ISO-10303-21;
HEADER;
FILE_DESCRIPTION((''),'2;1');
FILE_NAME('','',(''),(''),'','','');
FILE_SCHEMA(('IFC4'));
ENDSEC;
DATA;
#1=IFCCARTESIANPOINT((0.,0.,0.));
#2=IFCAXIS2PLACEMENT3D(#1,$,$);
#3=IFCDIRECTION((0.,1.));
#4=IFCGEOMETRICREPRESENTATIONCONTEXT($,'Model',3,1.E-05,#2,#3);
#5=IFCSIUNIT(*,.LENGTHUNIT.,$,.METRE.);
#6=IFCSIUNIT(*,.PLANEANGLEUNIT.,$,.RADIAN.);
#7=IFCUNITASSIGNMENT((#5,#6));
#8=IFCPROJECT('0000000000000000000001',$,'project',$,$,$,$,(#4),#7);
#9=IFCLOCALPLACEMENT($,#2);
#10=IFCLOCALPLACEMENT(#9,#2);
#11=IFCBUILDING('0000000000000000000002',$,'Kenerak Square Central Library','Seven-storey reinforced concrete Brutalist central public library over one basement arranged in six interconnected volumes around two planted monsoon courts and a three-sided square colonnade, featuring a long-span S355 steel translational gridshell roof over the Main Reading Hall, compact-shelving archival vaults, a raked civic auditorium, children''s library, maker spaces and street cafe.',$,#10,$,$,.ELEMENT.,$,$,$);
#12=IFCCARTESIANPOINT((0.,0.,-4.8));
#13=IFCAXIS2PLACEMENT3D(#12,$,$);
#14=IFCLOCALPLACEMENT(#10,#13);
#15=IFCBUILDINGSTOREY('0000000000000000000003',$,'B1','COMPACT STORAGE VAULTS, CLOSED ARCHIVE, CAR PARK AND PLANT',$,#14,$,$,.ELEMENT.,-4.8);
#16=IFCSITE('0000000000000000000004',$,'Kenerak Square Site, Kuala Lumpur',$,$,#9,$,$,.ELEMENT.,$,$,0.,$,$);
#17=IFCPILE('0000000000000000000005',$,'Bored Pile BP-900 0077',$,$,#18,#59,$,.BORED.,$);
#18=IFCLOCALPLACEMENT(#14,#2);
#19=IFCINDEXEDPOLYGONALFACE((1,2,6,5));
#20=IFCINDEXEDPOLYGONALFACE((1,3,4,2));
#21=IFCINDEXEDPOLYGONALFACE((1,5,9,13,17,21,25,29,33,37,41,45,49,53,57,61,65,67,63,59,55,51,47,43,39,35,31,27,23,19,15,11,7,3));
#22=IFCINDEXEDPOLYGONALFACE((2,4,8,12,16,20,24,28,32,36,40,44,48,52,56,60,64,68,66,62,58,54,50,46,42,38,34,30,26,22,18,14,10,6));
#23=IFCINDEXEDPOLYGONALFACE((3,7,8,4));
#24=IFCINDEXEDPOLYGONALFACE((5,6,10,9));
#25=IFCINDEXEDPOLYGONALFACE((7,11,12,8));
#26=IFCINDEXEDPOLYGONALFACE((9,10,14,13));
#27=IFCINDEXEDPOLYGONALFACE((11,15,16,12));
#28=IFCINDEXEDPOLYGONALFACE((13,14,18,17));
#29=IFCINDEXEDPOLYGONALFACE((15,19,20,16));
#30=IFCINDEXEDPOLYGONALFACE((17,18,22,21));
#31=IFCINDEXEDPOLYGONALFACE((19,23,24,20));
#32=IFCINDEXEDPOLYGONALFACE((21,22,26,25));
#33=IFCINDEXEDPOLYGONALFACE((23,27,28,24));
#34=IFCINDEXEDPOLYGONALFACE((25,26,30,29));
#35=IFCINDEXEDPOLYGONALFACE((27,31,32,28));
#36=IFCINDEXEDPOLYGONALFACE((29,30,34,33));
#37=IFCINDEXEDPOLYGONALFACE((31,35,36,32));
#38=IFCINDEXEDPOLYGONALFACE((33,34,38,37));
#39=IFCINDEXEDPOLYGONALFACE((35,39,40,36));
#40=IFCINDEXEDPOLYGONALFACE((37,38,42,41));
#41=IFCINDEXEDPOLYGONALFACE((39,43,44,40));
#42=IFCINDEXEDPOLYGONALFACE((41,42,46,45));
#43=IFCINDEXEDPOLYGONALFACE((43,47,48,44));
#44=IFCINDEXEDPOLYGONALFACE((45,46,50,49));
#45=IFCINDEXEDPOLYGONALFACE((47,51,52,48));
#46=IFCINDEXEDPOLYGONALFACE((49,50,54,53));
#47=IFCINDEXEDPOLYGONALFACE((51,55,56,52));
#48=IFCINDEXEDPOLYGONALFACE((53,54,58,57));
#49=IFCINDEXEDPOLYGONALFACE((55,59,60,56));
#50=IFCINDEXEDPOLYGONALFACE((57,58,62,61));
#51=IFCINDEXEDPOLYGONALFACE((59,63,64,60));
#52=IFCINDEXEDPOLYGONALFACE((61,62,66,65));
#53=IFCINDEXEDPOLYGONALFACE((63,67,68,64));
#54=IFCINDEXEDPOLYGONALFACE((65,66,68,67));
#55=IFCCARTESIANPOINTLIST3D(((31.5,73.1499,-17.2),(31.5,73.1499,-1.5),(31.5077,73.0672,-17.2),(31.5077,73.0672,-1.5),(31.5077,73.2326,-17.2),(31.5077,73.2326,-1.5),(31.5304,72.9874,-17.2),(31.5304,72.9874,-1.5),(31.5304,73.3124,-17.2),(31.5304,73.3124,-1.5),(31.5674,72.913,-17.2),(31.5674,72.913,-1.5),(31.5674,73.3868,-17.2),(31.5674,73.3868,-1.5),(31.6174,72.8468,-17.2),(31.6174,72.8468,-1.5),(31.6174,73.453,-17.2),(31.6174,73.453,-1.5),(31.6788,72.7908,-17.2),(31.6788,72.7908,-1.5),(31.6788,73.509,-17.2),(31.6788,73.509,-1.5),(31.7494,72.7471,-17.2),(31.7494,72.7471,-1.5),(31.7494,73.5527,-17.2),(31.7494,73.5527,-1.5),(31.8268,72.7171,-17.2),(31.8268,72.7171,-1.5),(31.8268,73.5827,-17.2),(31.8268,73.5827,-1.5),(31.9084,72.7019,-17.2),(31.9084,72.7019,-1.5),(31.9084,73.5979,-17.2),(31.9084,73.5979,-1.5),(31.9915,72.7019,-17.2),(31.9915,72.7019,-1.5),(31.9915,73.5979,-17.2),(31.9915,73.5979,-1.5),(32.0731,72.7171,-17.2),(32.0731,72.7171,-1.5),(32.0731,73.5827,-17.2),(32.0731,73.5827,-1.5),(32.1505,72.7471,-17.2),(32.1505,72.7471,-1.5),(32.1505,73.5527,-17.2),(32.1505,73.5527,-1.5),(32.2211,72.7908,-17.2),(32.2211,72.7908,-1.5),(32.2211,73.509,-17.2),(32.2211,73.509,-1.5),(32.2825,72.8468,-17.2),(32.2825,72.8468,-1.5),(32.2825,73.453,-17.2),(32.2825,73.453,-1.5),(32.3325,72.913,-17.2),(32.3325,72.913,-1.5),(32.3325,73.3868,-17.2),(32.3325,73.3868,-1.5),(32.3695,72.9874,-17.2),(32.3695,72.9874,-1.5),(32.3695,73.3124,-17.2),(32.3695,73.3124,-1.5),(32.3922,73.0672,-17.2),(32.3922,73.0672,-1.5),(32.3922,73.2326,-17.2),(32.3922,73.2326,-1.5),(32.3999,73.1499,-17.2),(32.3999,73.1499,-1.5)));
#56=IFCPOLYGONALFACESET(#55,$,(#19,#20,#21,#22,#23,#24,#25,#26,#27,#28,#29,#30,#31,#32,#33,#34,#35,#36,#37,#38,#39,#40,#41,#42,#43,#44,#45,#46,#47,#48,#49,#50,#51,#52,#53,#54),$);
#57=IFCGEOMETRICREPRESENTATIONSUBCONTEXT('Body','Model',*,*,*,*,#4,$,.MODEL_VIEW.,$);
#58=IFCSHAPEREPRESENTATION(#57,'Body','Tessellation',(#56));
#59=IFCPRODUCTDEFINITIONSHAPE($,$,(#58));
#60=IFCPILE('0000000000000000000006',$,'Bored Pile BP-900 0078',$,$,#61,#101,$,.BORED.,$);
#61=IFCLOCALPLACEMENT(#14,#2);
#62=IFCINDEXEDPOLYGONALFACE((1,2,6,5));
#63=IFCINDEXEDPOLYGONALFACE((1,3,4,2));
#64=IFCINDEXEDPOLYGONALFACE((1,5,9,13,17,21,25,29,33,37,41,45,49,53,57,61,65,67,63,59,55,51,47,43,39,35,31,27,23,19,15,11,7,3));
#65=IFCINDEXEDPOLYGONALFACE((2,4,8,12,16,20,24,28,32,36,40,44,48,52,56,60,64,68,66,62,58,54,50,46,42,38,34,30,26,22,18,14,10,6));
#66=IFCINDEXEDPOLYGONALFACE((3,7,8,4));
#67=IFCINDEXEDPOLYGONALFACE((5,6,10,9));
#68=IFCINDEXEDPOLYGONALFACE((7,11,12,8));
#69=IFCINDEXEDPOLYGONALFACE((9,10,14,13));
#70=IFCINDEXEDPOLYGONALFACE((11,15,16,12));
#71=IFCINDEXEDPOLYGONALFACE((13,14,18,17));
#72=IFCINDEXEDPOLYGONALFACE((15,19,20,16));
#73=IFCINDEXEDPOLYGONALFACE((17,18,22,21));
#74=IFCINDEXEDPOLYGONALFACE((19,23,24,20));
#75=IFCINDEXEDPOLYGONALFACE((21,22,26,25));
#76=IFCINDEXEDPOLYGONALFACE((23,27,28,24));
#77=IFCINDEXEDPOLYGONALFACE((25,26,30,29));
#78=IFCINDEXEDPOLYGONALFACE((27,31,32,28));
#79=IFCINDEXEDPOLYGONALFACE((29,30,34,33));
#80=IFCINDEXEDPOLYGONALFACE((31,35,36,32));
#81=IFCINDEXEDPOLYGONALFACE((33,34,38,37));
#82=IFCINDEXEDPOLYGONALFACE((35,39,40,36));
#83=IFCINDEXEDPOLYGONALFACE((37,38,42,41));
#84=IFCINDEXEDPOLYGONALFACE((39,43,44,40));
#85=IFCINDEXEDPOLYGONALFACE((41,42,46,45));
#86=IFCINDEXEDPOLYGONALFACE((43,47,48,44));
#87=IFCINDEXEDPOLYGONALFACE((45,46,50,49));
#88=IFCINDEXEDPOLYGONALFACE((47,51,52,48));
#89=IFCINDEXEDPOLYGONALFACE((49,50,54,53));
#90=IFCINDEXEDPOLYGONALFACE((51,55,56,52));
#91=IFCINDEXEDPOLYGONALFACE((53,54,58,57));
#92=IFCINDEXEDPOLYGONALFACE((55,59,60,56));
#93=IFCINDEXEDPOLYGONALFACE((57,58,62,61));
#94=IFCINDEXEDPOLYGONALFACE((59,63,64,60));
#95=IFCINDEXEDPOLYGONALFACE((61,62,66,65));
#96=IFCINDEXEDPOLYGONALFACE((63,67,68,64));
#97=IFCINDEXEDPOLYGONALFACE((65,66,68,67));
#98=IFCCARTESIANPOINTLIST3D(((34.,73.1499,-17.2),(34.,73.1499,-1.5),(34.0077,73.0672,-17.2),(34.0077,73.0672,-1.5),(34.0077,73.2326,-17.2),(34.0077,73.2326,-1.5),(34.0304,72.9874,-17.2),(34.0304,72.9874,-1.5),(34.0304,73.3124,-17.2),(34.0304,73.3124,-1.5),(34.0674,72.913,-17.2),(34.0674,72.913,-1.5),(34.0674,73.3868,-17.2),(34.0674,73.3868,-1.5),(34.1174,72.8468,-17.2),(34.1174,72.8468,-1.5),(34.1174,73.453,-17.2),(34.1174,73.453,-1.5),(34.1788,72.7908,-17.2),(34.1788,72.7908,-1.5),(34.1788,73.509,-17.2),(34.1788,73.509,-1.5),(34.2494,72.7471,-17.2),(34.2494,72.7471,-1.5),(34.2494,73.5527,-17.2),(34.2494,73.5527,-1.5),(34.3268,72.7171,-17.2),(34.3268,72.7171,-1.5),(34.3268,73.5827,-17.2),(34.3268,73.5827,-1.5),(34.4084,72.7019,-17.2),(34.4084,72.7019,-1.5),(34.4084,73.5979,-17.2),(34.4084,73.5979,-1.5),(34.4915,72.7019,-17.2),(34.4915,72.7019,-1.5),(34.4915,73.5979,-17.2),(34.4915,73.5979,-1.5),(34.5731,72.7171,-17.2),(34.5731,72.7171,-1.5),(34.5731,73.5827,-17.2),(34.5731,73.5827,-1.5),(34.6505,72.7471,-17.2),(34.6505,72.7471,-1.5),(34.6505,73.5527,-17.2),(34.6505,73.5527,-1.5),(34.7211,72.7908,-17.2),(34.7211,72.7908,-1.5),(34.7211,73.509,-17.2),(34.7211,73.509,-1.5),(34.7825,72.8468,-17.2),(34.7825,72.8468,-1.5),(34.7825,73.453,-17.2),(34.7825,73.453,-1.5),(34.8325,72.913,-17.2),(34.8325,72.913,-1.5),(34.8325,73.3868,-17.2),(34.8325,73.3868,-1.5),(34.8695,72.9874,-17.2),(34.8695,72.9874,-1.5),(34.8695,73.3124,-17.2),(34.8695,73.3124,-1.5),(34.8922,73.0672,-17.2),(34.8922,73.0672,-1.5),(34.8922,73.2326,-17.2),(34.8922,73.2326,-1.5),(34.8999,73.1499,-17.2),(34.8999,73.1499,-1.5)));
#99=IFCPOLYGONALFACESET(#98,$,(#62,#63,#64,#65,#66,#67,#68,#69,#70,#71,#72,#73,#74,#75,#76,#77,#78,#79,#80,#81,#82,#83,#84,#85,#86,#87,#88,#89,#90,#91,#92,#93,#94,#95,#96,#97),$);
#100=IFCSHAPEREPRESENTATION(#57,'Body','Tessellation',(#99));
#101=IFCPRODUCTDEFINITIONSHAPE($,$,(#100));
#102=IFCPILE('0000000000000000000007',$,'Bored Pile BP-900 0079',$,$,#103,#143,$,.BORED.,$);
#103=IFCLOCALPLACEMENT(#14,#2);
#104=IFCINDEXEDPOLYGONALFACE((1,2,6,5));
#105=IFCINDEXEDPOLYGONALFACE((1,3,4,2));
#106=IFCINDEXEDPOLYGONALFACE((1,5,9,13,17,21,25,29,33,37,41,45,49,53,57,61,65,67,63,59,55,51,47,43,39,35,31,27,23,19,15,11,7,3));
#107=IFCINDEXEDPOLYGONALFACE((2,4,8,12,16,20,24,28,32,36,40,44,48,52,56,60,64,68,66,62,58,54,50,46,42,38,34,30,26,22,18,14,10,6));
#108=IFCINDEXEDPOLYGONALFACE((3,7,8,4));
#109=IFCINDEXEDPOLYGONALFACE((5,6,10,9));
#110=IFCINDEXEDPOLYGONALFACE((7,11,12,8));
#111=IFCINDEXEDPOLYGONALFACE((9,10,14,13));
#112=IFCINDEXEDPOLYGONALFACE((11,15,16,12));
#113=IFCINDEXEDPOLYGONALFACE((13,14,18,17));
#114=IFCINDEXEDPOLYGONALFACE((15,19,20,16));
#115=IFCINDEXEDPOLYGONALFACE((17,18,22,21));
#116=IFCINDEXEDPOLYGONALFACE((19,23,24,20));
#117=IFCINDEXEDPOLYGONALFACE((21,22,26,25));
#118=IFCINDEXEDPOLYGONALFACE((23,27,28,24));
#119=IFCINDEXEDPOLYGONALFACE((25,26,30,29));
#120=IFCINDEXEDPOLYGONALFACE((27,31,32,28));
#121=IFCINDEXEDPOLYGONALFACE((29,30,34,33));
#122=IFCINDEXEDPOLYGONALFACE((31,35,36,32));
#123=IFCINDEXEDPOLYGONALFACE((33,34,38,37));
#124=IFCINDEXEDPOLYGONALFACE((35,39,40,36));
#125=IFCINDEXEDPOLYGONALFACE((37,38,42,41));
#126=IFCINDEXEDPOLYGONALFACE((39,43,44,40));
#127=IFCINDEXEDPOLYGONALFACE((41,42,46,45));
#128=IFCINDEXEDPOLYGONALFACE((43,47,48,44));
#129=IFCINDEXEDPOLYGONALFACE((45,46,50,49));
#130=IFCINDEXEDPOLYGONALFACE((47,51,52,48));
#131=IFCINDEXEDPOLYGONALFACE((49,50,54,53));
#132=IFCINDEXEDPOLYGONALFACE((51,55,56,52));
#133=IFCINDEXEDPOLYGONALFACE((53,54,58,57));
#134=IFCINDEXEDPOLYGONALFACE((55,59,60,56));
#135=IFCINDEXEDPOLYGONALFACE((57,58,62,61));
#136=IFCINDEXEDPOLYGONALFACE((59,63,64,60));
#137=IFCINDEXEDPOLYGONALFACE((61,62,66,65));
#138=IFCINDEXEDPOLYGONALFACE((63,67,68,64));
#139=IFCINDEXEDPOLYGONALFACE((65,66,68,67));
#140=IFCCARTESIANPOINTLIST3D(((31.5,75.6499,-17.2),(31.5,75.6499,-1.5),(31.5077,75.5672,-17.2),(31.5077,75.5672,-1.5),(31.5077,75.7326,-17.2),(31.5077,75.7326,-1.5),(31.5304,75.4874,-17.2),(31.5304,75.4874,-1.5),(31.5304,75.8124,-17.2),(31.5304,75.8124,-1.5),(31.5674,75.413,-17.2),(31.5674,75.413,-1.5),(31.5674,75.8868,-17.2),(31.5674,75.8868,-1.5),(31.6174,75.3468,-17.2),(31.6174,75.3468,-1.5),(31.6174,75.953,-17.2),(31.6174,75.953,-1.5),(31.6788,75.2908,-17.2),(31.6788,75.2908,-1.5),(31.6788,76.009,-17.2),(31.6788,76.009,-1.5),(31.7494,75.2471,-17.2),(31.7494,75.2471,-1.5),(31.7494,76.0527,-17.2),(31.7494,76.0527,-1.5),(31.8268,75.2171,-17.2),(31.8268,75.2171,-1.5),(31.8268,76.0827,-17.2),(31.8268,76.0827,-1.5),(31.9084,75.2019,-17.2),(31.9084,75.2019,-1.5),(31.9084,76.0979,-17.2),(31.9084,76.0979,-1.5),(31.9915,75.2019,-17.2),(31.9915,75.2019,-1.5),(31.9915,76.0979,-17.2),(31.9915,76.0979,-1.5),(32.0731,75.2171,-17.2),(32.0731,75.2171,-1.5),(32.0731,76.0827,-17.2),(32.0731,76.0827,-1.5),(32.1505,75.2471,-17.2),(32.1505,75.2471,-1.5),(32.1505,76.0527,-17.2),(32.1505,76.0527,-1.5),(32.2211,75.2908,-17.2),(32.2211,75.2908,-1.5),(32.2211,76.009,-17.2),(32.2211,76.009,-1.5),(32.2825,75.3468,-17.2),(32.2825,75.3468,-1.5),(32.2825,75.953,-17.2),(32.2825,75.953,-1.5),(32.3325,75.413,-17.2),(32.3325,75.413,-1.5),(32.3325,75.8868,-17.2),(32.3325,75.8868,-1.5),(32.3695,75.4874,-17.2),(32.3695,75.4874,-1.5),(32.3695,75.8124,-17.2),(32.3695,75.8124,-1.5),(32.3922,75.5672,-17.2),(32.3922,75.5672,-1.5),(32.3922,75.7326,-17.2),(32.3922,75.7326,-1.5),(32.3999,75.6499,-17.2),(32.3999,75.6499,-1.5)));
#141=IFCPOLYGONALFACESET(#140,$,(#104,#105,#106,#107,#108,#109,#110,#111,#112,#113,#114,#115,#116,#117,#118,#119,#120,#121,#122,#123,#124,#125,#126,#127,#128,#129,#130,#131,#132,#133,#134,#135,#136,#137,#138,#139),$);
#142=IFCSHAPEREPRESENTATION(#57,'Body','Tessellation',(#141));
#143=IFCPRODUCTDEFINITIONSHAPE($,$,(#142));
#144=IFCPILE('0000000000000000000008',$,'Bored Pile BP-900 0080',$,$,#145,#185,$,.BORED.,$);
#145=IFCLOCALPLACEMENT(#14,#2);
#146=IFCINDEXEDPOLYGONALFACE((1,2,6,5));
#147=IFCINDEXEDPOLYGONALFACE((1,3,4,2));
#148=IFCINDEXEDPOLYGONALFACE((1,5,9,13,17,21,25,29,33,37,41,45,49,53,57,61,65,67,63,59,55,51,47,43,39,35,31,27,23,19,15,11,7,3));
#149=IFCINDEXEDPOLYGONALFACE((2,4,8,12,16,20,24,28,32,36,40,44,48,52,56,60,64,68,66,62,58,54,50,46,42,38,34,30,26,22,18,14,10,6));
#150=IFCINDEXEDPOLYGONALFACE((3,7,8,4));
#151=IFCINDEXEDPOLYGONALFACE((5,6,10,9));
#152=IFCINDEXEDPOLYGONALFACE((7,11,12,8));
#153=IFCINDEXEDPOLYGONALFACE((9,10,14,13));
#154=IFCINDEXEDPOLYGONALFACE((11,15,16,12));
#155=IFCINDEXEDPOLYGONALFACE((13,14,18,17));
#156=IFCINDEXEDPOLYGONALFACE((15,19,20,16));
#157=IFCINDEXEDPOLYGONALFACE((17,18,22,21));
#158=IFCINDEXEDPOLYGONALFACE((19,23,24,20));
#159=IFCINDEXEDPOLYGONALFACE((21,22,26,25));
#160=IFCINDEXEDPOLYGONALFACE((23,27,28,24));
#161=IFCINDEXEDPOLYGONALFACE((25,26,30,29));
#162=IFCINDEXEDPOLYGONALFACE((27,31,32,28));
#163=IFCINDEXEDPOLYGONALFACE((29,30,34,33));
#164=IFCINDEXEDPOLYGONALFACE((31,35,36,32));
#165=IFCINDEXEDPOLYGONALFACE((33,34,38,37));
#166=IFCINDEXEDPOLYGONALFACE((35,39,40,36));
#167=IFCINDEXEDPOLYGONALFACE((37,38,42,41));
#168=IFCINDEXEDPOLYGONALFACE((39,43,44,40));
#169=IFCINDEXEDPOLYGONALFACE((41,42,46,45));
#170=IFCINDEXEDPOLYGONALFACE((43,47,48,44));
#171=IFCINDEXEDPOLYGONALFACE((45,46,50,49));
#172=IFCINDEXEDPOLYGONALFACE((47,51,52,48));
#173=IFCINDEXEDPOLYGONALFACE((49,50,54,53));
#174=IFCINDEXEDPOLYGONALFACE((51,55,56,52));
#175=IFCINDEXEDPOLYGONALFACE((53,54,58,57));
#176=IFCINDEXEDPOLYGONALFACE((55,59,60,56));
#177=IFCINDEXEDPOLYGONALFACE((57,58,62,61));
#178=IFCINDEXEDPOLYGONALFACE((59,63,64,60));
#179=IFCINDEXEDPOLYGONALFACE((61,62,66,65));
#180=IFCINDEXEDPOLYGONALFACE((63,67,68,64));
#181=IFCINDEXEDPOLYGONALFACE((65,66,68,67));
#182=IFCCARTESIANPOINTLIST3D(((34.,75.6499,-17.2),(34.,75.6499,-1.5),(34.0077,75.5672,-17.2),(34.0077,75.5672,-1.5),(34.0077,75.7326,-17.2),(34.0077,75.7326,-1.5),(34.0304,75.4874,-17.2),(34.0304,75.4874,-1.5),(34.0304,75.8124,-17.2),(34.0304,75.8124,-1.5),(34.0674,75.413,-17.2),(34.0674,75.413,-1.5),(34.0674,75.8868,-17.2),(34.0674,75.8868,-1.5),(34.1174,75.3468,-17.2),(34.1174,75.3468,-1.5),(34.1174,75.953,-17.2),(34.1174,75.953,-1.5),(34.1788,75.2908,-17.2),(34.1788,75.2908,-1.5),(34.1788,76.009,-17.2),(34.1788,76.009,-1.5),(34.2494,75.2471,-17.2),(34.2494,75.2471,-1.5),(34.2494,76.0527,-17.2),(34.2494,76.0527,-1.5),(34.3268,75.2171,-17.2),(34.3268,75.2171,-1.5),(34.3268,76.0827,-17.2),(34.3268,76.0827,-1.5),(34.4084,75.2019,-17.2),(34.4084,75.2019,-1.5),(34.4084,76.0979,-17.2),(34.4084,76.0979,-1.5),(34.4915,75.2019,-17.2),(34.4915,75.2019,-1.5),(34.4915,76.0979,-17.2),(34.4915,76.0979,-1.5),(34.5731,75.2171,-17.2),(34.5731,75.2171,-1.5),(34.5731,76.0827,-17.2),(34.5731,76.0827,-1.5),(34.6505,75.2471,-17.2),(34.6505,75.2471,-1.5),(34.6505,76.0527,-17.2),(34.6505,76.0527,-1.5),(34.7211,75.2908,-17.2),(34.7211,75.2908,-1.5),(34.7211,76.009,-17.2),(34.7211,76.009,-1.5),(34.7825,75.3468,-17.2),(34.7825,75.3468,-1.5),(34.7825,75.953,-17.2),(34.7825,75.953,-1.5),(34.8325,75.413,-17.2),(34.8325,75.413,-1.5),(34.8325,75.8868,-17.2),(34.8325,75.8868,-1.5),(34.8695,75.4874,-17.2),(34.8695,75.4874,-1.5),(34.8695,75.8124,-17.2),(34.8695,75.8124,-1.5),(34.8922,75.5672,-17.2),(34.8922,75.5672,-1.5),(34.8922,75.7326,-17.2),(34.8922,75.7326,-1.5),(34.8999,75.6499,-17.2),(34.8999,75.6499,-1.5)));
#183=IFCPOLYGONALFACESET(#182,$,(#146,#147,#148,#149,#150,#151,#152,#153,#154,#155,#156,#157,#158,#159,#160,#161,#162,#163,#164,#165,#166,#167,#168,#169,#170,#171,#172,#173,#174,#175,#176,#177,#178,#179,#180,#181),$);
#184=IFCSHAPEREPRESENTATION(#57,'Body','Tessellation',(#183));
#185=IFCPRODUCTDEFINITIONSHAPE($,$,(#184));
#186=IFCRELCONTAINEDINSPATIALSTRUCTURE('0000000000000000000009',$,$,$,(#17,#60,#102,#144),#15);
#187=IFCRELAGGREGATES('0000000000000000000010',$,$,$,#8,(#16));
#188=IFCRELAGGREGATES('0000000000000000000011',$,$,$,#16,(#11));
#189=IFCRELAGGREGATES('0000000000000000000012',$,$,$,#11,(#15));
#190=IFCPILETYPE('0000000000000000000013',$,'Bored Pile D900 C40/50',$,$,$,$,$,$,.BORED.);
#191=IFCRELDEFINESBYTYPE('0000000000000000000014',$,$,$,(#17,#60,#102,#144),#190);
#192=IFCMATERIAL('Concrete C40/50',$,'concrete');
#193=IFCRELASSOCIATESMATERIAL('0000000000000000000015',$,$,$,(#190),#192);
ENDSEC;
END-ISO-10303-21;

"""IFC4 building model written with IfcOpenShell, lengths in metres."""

from ifc_helpers import new_model, si_unit, direction, frame, origin, origin_2d, place, context, subcontext, project, spatial, circle, extrude, material, material_profile, profile_set, type_object, element, save


model = new_model("IFC4")

# Units and contexts
model_context = context("Model", 3, precision=1e-05, world=origin(), true_north=direction((0.0, 1.0)))
body_context = subcontext(model_context, "Body", "Model", "MODEL_VIEW")
ifc_project = project(units=[si_unit("LENGTHUNIT", "METRE"), si_unit("PLANEANGLEUNIT", "RADIAN")], contexts=[model_context])

# Site, building, storey
site_placement = place(None, origin())
site = spatial("IfcSite", under=ifc_project, at=site_placement, Name="Kenerak Square Site, Kuala Lumpur", CompositionType="ELEMENT", RefElevation=0.0)
building_placement = place(site_placement, origin())
building = spatial("IfcBuilding", under=site, at=building_placement, Name="Kenerak Square Central Library", Description="Seven-storey reinforced concrete Brutalist central public library over one basement arranged in six interconnected volumes around two planted monsoon courts and a three-sided square colonnade, featuring a long-span S355 steel translational gridshell roof over the Main Reading Hall, compact-shelving archival vaults, a raked civic auditorium, children's library, maker spaces and street cafe.", CompositionType="ELEMENT")
storey_placement = place(building_placement, frame((0.0, 0.0, -4.8)))
storey = spatial("IfcBuildingStorey", under=building, at=storey_placement, Name="B1", Description="COMPACT STORAGE VAULTS, CLOSED ARCHIVE, CAR PARK AND PLANT", CompositionType="ELEMENT", Elevation=-4.8)

# Piles
ifc_material_1 = material(Name="Concrete C40/50", Category="concrete")
ifc_material_profile_1 = material_profile(ifc_material_1, circle(Radius=0.45, at=origin_2d()), Name="BP D900")
ifc_profile_set_1 = profile_set([ifc_material_profile_1], Name="Concrete C40/50")
pile_type = type_object("IfcPileType", Name="Bored Pile D900 C40/50", PredefinedType="BORED", material=ifc_profile_set_1)
for number, where, z_axis, x_axis, name in (
    (1, (31.95, 73.1499, -1.5), (0.0, 0.0, -1.0), (1.0, 0.0, 0.0), "Bored Pile BP-900 0077"),
    (2, (34.45, 73.1499, -1.5), (0.0, 0.0, -1.0), (1.0, 0.0, 0.0), "Bored Pile BP-900 0078"),
    (3, (31.95, 75.6499, -1.5), (0.0, 0.0, -1.0), (1.0, 0.0, 0.0), "Bored Pile BP-900 0079"),
    (4, (34.45, 75.6499, -1.5), (0.0, 0.0, -1.0), (1.0, 0.0, 0.0), "Bored Pile BP-900 0080"),
):
    element("IfcPile", number, at=place(storey_placement, frame(where, z_axis=z_axis, x_axis=x_axis)), inside=storey, type_object=pile_type, Name=name, PredefinedType="BORED", context=body_context, shape_type="SweptSolid", body=[
        extrude(circle(Radius=0.45, at=origin_2d()), origin(), (0.0, 0.0, 1.0), 15.7),
    ])

save(model, "model.ifc")
